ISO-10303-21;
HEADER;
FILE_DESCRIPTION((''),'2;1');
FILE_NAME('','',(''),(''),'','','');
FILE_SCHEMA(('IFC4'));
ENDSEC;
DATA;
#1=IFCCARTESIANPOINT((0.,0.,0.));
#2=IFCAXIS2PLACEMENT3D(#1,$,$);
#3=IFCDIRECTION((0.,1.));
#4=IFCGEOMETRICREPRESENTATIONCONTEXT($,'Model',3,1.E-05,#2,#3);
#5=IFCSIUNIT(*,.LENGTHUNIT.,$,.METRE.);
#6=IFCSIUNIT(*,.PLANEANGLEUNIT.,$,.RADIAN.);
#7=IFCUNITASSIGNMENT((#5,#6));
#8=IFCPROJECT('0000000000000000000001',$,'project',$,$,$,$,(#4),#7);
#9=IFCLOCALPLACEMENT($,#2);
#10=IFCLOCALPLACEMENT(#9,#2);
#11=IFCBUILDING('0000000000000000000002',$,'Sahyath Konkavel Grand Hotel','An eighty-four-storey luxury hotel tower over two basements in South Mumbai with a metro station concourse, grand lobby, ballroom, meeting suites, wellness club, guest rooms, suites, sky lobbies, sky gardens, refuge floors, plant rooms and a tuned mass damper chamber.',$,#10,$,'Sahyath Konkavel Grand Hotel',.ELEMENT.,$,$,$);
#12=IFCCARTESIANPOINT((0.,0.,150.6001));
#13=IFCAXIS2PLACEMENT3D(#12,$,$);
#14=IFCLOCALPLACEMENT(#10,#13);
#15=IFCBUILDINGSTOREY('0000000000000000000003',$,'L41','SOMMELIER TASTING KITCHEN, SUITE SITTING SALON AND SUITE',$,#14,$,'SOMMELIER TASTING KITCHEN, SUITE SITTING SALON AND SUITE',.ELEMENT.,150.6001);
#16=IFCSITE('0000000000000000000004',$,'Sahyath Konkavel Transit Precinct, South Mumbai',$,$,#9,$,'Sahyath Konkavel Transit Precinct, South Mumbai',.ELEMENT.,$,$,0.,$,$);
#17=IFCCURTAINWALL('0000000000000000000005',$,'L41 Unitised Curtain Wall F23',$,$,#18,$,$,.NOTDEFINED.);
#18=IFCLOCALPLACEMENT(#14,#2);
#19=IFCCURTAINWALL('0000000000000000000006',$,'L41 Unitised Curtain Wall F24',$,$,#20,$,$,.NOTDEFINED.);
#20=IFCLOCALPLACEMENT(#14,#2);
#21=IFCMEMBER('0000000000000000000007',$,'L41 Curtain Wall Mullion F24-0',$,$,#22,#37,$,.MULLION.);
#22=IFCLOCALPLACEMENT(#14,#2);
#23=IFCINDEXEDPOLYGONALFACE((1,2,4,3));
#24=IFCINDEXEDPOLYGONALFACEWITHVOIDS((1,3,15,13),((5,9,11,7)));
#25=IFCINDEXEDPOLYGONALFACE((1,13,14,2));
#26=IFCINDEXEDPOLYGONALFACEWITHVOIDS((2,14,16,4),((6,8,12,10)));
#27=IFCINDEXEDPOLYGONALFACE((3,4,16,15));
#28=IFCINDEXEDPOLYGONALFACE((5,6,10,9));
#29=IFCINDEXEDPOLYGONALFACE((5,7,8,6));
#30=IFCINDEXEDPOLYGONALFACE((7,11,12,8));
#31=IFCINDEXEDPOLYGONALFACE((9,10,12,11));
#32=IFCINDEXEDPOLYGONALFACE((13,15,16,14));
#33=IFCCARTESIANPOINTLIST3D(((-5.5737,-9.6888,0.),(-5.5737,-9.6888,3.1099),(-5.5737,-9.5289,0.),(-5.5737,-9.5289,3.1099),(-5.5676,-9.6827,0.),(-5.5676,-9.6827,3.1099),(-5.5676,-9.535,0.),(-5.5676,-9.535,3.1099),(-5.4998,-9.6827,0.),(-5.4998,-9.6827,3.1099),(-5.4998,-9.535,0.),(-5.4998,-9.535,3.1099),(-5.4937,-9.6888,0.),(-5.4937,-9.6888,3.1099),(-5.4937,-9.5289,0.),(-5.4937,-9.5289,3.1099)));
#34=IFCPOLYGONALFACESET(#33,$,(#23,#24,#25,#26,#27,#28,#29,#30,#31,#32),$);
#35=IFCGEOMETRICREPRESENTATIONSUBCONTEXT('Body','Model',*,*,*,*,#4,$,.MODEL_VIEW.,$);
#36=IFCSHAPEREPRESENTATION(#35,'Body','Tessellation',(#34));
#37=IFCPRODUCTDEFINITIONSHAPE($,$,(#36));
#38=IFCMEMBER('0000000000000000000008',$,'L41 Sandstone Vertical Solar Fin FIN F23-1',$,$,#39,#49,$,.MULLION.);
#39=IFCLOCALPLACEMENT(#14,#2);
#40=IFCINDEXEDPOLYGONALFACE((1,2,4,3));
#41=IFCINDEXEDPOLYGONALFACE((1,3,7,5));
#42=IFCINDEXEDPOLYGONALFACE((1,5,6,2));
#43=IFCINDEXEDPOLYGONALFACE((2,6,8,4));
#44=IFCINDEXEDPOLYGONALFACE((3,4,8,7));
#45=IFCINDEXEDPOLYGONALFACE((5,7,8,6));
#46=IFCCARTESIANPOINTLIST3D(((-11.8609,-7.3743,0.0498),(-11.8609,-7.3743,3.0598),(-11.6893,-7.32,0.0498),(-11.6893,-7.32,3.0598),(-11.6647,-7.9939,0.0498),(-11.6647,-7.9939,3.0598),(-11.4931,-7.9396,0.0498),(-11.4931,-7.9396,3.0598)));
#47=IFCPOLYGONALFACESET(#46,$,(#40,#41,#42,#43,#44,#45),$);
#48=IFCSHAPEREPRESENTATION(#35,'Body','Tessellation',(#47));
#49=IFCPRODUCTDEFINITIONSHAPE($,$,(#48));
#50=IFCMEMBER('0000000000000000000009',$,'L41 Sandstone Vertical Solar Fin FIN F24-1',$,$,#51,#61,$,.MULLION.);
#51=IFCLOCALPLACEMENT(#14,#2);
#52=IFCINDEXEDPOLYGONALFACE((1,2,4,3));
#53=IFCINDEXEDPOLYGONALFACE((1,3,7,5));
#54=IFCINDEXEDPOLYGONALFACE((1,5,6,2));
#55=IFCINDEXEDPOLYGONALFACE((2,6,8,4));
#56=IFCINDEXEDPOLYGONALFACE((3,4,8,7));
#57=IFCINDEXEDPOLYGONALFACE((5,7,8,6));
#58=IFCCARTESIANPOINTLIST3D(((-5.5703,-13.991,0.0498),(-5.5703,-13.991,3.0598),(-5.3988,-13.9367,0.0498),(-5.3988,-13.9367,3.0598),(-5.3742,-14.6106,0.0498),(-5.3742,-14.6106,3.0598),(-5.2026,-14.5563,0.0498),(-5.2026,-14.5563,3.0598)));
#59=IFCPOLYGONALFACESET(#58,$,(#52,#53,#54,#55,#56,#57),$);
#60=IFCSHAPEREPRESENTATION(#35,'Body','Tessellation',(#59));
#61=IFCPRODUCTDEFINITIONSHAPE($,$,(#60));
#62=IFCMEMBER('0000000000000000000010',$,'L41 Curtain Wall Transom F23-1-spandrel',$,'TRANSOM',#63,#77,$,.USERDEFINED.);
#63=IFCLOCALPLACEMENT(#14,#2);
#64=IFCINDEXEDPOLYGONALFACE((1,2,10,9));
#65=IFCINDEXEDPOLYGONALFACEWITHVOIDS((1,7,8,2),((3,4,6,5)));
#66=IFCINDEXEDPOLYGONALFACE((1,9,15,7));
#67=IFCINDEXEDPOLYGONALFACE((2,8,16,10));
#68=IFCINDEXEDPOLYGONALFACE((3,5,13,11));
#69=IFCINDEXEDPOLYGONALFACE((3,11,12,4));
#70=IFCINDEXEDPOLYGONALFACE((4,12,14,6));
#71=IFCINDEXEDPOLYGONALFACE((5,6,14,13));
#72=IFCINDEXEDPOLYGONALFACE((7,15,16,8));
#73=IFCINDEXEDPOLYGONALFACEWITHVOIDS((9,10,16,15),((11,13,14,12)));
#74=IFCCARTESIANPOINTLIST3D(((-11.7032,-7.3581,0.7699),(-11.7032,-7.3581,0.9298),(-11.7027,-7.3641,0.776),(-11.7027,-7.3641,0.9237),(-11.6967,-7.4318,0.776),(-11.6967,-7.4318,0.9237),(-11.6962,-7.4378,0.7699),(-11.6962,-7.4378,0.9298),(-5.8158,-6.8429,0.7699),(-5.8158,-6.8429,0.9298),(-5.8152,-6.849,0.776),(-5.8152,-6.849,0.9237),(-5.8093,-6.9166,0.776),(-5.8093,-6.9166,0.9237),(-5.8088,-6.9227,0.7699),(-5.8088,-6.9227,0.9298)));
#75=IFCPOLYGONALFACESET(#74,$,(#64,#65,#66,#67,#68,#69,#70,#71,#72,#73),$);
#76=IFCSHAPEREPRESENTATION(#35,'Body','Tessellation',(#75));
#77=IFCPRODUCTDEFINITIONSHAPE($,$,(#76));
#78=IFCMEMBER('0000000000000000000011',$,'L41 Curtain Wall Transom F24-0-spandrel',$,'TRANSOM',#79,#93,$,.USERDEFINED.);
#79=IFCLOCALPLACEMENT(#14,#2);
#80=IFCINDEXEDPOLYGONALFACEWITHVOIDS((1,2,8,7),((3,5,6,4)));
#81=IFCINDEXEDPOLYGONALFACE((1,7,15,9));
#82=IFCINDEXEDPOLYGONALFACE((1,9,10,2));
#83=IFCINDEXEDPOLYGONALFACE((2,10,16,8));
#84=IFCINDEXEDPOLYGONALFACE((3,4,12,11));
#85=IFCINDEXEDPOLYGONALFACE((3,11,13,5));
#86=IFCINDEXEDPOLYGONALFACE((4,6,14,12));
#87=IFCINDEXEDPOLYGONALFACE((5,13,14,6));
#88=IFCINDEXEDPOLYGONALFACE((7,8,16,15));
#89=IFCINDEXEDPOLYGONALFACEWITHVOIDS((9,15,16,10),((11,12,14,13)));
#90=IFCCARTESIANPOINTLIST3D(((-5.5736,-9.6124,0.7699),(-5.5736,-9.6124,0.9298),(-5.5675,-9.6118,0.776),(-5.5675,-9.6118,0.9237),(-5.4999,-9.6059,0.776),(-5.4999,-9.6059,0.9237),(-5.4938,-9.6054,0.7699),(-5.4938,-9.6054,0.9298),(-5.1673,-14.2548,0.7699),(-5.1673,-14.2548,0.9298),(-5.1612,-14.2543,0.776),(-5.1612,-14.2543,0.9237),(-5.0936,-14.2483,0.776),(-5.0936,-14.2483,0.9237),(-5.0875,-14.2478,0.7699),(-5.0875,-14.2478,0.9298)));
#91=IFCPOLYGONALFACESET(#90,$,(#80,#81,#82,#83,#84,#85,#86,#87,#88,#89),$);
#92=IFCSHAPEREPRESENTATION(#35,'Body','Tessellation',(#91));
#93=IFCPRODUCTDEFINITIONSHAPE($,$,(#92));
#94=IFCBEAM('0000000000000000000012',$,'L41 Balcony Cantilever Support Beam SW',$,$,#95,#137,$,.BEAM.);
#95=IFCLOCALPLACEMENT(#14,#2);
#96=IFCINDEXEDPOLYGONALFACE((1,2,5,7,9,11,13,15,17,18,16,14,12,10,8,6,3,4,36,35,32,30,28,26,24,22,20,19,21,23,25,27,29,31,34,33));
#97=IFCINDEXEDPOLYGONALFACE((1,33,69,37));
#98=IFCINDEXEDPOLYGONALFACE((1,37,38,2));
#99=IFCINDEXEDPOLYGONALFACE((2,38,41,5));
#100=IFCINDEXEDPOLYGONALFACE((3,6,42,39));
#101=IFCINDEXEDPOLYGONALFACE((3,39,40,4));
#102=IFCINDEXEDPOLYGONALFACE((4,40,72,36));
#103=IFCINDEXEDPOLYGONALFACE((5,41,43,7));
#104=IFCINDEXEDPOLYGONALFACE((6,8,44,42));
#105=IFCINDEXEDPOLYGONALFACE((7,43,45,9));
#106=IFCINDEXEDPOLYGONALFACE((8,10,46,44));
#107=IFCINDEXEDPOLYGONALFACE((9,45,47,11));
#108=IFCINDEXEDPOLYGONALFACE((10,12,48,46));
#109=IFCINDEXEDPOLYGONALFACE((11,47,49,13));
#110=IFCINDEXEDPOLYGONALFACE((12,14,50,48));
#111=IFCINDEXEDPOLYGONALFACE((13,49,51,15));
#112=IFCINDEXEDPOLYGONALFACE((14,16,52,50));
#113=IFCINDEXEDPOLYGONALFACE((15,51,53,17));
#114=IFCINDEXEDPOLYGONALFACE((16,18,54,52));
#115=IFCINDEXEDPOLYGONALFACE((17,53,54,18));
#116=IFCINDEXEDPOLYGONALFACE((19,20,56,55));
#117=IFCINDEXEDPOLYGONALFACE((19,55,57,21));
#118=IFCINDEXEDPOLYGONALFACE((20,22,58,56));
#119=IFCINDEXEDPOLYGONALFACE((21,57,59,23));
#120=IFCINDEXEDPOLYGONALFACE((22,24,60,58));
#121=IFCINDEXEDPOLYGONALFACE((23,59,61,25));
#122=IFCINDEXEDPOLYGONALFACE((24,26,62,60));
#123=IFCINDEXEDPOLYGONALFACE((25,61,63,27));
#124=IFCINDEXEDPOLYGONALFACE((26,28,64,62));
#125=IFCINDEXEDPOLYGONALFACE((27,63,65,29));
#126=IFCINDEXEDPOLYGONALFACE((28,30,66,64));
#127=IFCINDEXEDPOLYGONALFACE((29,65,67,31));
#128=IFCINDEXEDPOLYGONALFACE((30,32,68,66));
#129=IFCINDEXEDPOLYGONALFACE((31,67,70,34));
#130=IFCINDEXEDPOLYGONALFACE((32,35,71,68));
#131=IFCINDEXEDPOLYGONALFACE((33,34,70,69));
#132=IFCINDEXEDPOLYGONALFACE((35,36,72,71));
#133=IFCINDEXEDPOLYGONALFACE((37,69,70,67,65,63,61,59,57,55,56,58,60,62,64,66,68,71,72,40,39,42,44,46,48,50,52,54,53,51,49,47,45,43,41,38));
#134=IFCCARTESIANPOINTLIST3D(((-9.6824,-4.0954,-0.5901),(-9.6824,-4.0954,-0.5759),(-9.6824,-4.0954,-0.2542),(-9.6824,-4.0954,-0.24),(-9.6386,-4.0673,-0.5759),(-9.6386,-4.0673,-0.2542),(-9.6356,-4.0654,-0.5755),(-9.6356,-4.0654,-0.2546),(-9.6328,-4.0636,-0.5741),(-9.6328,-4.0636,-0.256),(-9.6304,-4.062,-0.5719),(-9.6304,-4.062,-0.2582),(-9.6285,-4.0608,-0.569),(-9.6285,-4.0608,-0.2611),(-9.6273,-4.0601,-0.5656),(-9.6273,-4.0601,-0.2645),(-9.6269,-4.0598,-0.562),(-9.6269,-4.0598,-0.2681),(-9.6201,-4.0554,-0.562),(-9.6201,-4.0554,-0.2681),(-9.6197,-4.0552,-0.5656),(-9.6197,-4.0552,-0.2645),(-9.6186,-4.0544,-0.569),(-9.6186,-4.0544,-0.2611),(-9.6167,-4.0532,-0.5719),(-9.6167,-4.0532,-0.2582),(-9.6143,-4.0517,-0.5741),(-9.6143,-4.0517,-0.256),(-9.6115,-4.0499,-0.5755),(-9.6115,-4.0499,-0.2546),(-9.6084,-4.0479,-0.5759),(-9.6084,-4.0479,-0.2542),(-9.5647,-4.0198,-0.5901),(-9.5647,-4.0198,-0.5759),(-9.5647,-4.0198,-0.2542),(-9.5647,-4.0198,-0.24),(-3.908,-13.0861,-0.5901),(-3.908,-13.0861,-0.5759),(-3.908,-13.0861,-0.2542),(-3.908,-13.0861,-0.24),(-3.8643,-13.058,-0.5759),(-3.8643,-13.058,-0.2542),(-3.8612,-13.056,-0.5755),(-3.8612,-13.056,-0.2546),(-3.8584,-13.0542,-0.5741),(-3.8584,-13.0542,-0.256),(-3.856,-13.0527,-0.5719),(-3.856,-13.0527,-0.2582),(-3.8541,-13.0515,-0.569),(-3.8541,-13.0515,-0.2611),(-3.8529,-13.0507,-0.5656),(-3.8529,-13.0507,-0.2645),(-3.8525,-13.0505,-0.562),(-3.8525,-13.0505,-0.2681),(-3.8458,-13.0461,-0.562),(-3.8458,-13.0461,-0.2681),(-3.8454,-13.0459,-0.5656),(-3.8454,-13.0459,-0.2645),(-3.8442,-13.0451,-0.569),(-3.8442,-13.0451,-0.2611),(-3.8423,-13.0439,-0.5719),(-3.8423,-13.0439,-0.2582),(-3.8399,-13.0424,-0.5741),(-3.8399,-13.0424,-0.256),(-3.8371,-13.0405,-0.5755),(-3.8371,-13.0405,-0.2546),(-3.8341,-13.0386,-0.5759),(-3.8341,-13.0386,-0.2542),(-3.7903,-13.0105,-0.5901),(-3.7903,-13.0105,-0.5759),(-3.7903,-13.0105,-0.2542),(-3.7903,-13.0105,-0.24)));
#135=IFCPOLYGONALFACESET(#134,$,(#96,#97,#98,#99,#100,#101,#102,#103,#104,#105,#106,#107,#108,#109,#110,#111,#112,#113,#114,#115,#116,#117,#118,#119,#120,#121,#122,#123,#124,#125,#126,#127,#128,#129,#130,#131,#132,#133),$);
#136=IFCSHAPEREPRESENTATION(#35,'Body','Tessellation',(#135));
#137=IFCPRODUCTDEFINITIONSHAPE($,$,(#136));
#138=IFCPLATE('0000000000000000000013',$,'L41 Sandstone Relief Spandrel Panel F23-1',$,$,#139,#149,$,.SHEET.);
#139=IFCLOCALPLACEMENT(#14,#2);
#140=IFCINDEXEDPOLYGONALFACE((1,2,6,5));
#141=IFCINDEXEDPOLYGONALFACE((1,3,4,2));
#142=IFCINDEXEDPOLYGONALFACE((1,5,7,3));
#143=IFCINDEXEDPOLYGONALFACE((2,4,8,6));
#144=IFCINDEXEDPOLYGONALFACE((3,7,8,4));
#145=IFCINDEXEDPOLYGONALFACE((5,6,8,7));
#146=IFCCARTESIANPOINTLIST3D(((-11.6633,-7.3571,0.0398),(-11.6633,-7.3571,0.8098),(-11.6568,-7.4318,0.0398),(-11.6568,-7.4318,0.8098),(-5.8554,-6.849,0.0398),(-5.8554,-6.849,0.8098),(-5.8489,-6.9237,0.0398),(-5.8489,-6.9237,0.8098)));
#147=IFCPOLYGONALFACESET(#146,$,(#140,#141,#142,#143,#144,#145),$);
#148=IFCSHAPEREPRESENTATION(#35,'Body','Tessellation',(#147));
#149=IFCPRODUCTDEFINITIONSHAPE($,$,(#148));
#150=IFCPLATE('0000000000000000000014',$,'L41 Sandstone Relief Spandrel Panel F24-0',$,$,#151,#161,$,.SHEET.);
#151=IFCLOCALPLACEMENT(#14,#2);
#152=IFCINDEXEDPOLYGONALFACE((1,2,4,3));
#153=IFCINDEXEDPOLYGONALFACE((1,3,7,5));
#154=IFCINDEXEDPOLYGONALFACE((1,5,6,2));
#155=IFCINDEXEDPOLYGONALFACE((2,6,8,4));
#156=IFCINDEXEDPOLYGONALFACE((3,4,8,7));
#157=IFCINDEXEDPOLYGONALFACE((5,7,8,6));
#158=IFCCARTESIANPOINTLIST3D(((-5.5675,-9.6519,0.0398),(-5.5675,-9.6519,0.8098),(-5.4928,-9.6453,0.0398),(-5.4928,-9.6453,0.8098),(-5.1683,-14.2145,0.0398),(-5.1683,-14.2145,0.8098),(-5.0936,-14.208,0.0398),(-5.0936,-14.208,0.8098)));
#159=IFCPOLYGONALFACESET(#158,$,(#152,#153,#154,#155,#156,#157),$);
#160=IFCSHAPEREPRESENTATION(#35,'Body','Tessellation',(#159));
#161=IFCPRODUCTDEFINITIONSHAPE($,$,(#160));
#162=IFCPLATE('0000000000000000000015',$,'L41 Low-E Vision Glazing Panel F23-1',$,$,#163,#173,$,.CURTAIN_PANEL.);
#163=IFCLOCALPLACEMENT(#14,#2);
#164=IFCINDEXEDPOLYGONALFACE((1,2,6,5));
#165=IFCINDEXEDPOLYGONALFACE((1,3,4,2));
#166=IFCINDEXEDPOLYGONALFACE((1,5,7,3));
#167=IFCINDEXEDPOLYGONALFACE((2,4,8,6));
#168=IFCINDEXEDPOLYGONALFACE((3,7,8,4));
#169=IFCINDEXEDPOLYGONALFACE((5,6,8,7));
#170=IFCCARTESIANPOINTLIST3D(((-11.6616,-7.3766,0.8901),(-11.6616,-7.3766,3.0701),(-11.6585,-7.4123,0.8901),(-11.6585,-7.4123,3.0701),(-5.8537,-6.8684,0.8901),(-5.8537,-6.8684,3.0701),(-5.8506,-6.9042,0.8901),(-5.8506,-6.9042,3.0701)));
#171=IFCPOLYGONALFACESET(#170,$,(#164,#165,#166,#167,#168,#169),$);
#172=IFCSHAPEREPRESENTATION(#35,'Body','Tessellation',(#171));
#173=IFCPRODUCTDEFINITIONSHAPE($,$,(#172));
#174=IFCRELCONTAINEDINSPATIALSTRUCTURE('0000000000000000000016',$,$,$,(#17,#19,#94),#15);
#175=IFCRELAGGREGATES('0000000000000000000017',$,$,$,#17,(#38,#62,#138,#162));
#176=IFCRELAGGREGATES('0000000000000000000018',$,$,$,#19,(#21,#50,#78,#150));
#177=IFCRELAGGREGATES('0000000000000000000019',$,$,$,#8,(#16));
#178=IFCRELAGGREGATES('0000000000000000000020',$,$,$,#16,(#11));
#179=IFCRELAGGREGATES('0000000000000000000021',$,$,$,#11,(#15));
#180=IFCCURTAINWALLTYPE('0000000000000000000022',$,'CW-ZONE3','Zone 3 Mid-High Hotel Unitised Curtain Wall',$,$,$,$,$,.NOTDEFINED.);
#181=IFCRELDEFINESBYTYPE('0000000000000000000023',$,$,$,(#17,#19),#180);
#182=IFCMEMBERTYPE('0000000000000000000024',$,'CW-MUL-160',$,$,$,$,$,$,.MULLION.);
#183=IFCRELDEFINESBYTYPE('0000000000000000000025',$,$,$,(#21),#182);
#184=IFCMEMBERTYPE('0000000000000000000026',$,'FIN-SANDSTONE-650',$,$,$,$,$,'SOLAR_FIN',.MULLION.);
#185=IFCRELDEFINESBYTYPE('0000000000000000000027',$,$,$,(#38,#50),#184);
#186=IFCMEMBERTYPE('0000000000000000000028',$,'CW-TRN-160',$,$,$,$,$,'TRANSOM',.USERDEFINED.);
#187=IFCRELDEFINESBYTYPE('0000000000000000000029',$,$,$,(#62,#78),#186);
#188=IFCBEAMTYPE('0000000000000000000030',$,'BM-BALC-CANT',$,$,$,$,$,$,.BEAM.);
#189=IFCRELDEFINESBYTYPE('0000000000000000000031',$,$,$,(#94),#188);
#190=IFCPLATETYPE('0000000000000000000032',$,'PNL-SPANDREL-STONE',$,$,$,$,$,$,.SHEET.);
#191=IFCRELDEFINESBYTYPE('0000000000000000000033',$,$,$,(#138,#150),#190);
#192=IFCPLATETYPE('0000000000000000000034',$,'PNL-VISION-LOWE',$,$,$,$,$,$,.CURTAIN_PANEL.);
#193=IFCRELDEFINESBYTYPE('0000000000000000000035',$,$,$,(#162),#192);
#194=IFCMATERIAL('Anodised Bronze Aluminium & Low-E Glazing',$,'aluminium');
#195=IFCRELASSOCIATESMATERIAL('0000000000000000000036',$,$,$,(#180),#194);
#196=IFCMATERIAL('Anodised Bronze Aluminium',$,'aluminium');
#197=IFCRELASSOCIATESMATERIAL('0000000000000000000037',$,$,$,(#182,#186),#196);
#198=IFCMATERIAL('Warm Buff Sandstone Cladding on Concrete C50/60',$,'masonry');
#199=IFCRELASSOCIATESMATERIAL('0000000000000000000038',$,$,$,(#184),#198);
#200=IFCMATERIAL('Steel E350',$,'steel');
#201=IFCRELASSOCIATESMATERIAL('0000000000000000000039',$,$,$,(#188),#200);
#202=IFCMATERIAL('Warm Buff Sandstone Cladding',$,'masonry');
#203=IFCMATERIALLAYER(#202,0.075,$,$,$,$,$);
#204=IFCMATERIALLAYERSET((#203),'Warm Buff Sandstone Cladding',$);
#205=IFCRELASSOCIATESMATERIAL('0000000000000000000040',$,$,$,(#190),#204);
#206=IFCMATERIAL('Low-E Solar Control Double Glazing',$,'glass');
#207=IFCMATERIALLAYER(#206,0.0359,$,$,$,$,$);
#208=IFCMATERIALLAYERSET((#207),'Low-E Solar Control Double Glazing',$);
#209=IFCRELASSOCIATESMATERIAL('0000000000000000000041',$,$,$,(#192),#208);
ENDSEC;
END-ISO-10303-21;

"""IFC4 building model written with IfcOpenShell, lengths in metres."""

from ifc_helpers import new_model, si_unit, direction, frame, origin, origin_2d, place, context, subcontext, project, spatial, rectangle, hollow_rectangle, i_section, extrude, source, transform, mapped, material, layer, layer_set, material_profile, profile_set, type_object, element, aggregate, save


model = new_model("IFC4")

# Units and contexts
model_context = context("Model", 3, precision=1e-05, world=origin(), true_north=direction((0.0, 1.0)))
body_context = subcontext(model_context, "Body", "Model", "MODEL_VIEW")
ifc_project = project(units=[si_unit("LENGTHUNIT", "METRE"), si_unit("PLANEANGLEUNIT", "RADIAN")], contexts=[model_context])

# Site, building, storey
site_placement = place(None, origin())
site = spatial("IfcSite", under=ifc_project, at=site_placement, Name="Sahyath Konkavel Transit Precinct, South Mumbai", LongName="Sahyath Konkavel Transit Precinct, South Mumbai", CompositionType="ELEMENT", RefElevation=0.0)
building_placement = place(site_placement, origin())
building = spatial("IfcBuilding", under=site, at=building_placement, Name="Sahyath Konkavel Grand Hotel", Description="An eighty-four-storey luxury hotel tower over two basements in South Mumbai with a metro station concourse, grand lobby, ballroom, meeting suites, wellness club, guest rooms, suites, sky lobbies, sky gardens, refuge floors, plant rooms and a tuned mass damper chamber.", LongName="Sahyath Konkavel Grand Hotel", CompositionType="ELEMENT")
storey_placement = place(building_placement, frame((0.0, 0.0, 150.6001)))
storey = spatial("IfcBuildingStorey", under=building, at=storey_placement, Name="L41", Description="SOMMELIER TASTING KITCHEN, SUITE SITTING SALON AND SUITE", LongName="SOMMELIER TASTING KITCHEN, SUITE SITTING SALON AND SUITE", CompositionType="ELEMENT", Elevation=150.6001)

# Shared definitions
ifc_material_1 = material(Name="Steel E350", Category="steel")

# Curtain walls, member
ifc_material_2 = material(Name="Anodised Bronze Aluminium & Low-E Glazing", Category="aluminium")
curtain_wall_type = type_object("IfcCurtainWallType", Name="CW-ZONE3", Description="Zone 3 Mid-High Hotel Unitised Curtain Wall", PredefinedType="NOTDEFINED", material=ifc_material_2)
curtain_wall_1_placement = place(storey_placement, origin())
curtain_wall_1 = element("IfcCurtainWall", 1, at=curtain_wall_1_placement, inside=storey, type_object=curtain_wall_type, Name="L41 Unitised Curtain Wall F23", PredefinedType="NOTDEFINED")
ifc_material_3 = material(Name="Anodised Bronze Aluminium", Category="aluminium")
ifc_material_profile_1 = material_profile(ifc_material_3, hollow_rectangle(XDim=0.0801, YDim=0.1599, WallThickness=0.0061, at=origin_2d()), Name="RHS 160x80x6")
ifc_profile_set_1 = profile_set([ifc_material_profile_1], Name="Anodised Bronze Aluminium")
member_type_1 = type_object("IfcMemberType", Name="CW-MUL-160", PredefinedType="MULLION", material=ifc_profile_set_1)
shared_shape_1 = source(origin(), body_context, "Body", "SweptSolid", [
    extrude(hollow_rectangle(XDim=0.0801, YDim=0.1599, WallThickness=0.0061, at=origin_2d()), origin(), (0.0, 0.0, 1.0), 3.1099),
])
curtain_wall_2_placement = place(storey_placement, origin())
curtain_wall_2 = element("IfcCurtainWall", 2, at=curtain_wall_2_placement, inside=storey, type_object=curtain_wall_type, Name="L41 Unitised Curtain Wall F24", PredefinedType="NOTDEFINED")
member_1_placement = place(storey_placement, frame((-5.5337, -9.6089, 0.0), z_axis=(0.0, 0.0, 1.0), x_axis=(1.0, 0.0, 0.0)))
member_1 = element("IfcMember", 3, at=member_1_placement, type_object=member_type_1, Name="L41 Curtain Wall Mullion F24-0", PredefinedType="MULLION", context=body_context, shape_type="MappedRepresentation", body=[
    mapped(shared_shape_1, transform((0.0, 0.0, 0.0), scale=1.0)),
])

# Members
ifc_material_4 = material(Name="Warm Buff Sandstone Cladding on Concrete C50/60", Category="masonry")
ifc_material_profile_2 = material_profile(ifc_material_4, rectangle(XDim=0.1799, YDim=0.6499, at=origin_2d()), Name="FIN 180x650")
ifc_profile_set_2 = profile_set([ifc_material_profile_2], Name="Warm Buff Sandstone Cladding on Concrete C50/60")
member_type_2 = type_object("IfcMemberType", Name="FIN-SANDSTONE-650", ElementType="SOLAR_FIN", PredefinedType="MULLION", material=ifc_profile_set_2)
shared_shape_2 = source(origin(), body_context, "Body", "SweptSolid", [
    extrude(rectangle(XDim=0.1799, YDim=0.6499, at=origin_2d()), origin(), (0.0, 0.0, 1.0), 3.01),
])
member_2_placement = place(storey_placement, frame((-11.677, -7.657, 0.0498), z_axis=(0.0, 0.0, 1.0), x_axis=(0.953349, 0.301871, 0.0)))
member_2 = element("IfcMember", 4, at=member_2_placement, type_object=member_type_2, Name="L41 Sandstone Vertical Solar Fin FIN F23-1", PredefinedType="MULLION", context=body_context, shape_type="MappedRepresentation", body=[
    mapped(shared_shape_2, transform((0.0, 0.0, 0.0), scale=1.0)),
])
member_3_placement = place(storey_placement, frame((-5.3865, -14.2737, 0.0498), z_axis=(0.0, 0.0, 1.0), x_axis=(0.953349, 0.301871, 0.0)))
member_3 = element("IfcMember", 5, at=member_3_placement, type_object=member_type_2, Name="L41 Sandstone Vertical Solar Fin FIN F24-1", PredefinedType="MULLION", context=body_context, shape_type="MappedRepresentation", body=[
    mapped(shared_shape_2, transform((0.0, 0.0, 0.0), scale=1.0)),
])
ifc_material_profile_3 = material_profile(ifc_material_3, hollow_rectangle(XDim=0.0801, YDim=0.1599, WallThickness=0.0061, at=origin_2d()), Name="RHS 160x80x6")
ifc_profile_set_3 = profile_set([ifc_material_profile_3], Name="Anodised Bronze Aluminium")
member_type_3 = type_object("IfcMemberType", Name="CW-TRN-160", ElementType="TRANSOM", PredefinedType="USERDEFINED", material=ifc_profile_set_3)
shared_shape_3 = source(origin(), body_context, "Body", "SweptSolid", [
    extrude(hollow_rectangle(XDim=0.0801, YDim=0.1599, WallThickness=0.0061, at=origin_2d()), origin(), (0.0, 0.0, 1.0), 5.9099),
])
member_4_placement = place(storey_placement, frame((-11.6997, -7.3979, 0.8499), z_axis=(0.996194, 0.087164, 0.0), x_axis=(-0.087164, 0.996194, 0.0)))
member_4 = element("IfcMember", 6, at=member_4_placement, type_object=member_type_3, Name="L41 Curtain Wall Transom F23-1-spandrel", ObjectType="TRANSOM", PredefinedType="USERDEFINED", context=body_context, shape_type="MappedRepresentation", body=[
    mapped(shared_shape_3, transform((0.0, 0.0, 0.0), scale=1.0)),
])
shared_shape_4 = source(origin(), body_context, "Body", "SweptSolid", [
    extrude(hollow_rectangle(XDim=0.0801, YDim=0.1599, WallThickness=0.0061, at=origin_2d()), origin(), (0.0, 0.0, 1.0), 4.6602),
])
member_5_placement = place(storey_placement, frame((-5.5337, -9.6089, 0.8499), z_axis=(0.087177, -0.996193, 0.0), x_axis=(0.996193, 0.087177, 0.0)))
member_5 = element("IfcMember", 7, at=member_5_placement, type_object=member_type_3, Name="L41 Curtain Wall Transom F24-0-spandrel", ObjectType="TRANSOM", PredefinedType="USERDEFINED", context=body_context, shape_type="MappedRepresentation", body=[
    mapped(shared_shape_4, transform((0.0, 0.0, 0.0), scale=1.0)),
])

# Beam
ifc_material_profile_4 = material_profile(ifc_material_1, i_section(OverallWidth=0.1399, OverallDepth=0.3501, WebThickness=0.0081, FlangeThickness=0.0142, FilletRadius=0.0139, at=origin_2d()), Name="ISMB 350")
ifc_profile_set_4 = profile_set([ifc_material_profile_4], Name="Steel E350")
beam_type_1 = type_object("IfcBeamType", Name="BM-BALC-CANT", PredefinedType="BEAM", material=ifc_profile_set_4)
shared_shape_5 = source(origin(), body_context, "Body", "SweptSolid", [
    extrude(i_section(OverallWidth=0.1399, OverallDepth=0.3501, WebThickness=0.0081, FlangeThickness=0.0142, FilletRadius=0.0139, at=origin_2d()), origin(), (0.0, 0.0, 1.0), 10.6853),
])
beam_1_placement = place(storey_placement, frame((-9.6235, -4.0576, -0.415), z_axis=(0.540404, -0.841406, 0.0), x_axis=(0.841406, 0.540404, 0.0)))
element("IfcBeam", 8, at=beam_1_placement, inside=storey, type_object=beam_type_1, Name="L41 Balcony Cantilever Support Beam SW", PredefinedType="BEAM", context=body_context, shape_type="MappedRepresentation", body=[
    mapped(shared_shape_5, transform((0.0, 0.0, 0.0), scale=1.0)),
])

# Plates
ifc_material_5 = material(Name="Warm Buff Sandstone Cladding", Category="masonry")
ifc_layer_1 = layer(ifc_material_5, 0.075)
ifc_layer_set_1 = layer_set([ifc_layer_1], Name="Warm Buff Sandstone Cladding")
plate_type_1 = type_object("IfcPlateType", Name="PNL-SPANDREL-STONE", PredefinedType="SHEET", material=ifc_layer_set_1)
shared_shape_6 = source(origin(), body_context, "Body", "SweptSolid", [
    extrude(rectangle(XDim=5.8301, YDim=0.075, at=origin_2d()), origin(), (0.0, 0.0, 1.0), 0.77),
])
plate_1_placement = place(storey_placement, frame((-8.7561, -7.1404, 0.0398), z_axis=(0.0, 0.0, 1.0), x_axis=(0.996195, 0.087156, 0.0)))
plate_1 = element("IfcPlate", 9, at=plate_1_placement, type_object=plate_type_1, Name="L41 Sandstone Relief Spandrel Panel F23-1", PredefinedType="SHEET", context=body_context, shape_type="MappedRepresentation", body=[
    mapped(shared_shape_6, transform((0.0, 0.0, 0.0), scale=1.0)),
])
shared_shape_7 = source(origin(), body_context, "Body", "SweptSolid", [
    extrude(rectangle(XDim=4.5801, YDim=0.075, at=origin_2d()), origin(), (0.0, 0.0, 1.0), 0.77),
])
plate_2_placement = place(storey_placement, frame((-5.3306, -11.9299, 0.0398), z_axis=(0.0, 0.0, 1.0), x_axis=(0.087156, -0.996195, 0.0)))
plate_2 = element("IfcPlate", 10, at=plate_2_placement, type_object=plate_type_1, Name="L41 Sandstone Relief Spandrel Panel F24-0", PredefinedType="SHEET", context=body_context, shape_type="MappedRepresentation", body=[
    mapped(shared_shape_7, transform((0.0, 0.0, 0.0), scale=1.0)),
])
ifc_material_6 = material(Name="Low-E Solar Control Double Glazing", Category="glass")
ifc_layer_2 = layer(ifc_material_6, 0.0359)
ifc_layer_set_2 = layer_set([ifc_layer_2], Name="Low-E Solar Control Double Glazing")
plate_type_2 = type_object("IfcPlateType", Name="PNL-VISION-LOWE", PredefinedType="CURTAIN_PANEL", material=ifc_layer_set_2)
shared_shape_8 = source(origin(), body_context, "Body", "SweptSolid", [
    extrude(rectangle(XDim=5.8301, YDim=0.0359, at=origin_2d()), origin(), (0.0, 0.0, 1.0), 2.1799),
])
plate_3_placement = place(storey_placement, frame((-8.7561, -7.1404, 0.8901), z_axis=(0.0, 0.0, 1.0), x_axis=(0.996195, 0.087156, 0.0)))
plate_3 = element("IfcPlate", 11, at=plate_3_placement, type_object=plate_type_2, Name="L41 Low-E Vision Glazing Panel F23-1", PredefinedType="CURTAIN_PANEL", context=body_context, shape_type="MappedRepresentation", body=[
    mapped(shared_shape_8, transform((0.0, 0.0, 0.0), scale=1.0)),
])
aggregate(curtain_wall_1, [member_2, member_4, plate_1, plate_3])
aggregate(curtain_wall_2, [member_1, member_3, member_5, plate_2])

save(model, "model.ifc")
